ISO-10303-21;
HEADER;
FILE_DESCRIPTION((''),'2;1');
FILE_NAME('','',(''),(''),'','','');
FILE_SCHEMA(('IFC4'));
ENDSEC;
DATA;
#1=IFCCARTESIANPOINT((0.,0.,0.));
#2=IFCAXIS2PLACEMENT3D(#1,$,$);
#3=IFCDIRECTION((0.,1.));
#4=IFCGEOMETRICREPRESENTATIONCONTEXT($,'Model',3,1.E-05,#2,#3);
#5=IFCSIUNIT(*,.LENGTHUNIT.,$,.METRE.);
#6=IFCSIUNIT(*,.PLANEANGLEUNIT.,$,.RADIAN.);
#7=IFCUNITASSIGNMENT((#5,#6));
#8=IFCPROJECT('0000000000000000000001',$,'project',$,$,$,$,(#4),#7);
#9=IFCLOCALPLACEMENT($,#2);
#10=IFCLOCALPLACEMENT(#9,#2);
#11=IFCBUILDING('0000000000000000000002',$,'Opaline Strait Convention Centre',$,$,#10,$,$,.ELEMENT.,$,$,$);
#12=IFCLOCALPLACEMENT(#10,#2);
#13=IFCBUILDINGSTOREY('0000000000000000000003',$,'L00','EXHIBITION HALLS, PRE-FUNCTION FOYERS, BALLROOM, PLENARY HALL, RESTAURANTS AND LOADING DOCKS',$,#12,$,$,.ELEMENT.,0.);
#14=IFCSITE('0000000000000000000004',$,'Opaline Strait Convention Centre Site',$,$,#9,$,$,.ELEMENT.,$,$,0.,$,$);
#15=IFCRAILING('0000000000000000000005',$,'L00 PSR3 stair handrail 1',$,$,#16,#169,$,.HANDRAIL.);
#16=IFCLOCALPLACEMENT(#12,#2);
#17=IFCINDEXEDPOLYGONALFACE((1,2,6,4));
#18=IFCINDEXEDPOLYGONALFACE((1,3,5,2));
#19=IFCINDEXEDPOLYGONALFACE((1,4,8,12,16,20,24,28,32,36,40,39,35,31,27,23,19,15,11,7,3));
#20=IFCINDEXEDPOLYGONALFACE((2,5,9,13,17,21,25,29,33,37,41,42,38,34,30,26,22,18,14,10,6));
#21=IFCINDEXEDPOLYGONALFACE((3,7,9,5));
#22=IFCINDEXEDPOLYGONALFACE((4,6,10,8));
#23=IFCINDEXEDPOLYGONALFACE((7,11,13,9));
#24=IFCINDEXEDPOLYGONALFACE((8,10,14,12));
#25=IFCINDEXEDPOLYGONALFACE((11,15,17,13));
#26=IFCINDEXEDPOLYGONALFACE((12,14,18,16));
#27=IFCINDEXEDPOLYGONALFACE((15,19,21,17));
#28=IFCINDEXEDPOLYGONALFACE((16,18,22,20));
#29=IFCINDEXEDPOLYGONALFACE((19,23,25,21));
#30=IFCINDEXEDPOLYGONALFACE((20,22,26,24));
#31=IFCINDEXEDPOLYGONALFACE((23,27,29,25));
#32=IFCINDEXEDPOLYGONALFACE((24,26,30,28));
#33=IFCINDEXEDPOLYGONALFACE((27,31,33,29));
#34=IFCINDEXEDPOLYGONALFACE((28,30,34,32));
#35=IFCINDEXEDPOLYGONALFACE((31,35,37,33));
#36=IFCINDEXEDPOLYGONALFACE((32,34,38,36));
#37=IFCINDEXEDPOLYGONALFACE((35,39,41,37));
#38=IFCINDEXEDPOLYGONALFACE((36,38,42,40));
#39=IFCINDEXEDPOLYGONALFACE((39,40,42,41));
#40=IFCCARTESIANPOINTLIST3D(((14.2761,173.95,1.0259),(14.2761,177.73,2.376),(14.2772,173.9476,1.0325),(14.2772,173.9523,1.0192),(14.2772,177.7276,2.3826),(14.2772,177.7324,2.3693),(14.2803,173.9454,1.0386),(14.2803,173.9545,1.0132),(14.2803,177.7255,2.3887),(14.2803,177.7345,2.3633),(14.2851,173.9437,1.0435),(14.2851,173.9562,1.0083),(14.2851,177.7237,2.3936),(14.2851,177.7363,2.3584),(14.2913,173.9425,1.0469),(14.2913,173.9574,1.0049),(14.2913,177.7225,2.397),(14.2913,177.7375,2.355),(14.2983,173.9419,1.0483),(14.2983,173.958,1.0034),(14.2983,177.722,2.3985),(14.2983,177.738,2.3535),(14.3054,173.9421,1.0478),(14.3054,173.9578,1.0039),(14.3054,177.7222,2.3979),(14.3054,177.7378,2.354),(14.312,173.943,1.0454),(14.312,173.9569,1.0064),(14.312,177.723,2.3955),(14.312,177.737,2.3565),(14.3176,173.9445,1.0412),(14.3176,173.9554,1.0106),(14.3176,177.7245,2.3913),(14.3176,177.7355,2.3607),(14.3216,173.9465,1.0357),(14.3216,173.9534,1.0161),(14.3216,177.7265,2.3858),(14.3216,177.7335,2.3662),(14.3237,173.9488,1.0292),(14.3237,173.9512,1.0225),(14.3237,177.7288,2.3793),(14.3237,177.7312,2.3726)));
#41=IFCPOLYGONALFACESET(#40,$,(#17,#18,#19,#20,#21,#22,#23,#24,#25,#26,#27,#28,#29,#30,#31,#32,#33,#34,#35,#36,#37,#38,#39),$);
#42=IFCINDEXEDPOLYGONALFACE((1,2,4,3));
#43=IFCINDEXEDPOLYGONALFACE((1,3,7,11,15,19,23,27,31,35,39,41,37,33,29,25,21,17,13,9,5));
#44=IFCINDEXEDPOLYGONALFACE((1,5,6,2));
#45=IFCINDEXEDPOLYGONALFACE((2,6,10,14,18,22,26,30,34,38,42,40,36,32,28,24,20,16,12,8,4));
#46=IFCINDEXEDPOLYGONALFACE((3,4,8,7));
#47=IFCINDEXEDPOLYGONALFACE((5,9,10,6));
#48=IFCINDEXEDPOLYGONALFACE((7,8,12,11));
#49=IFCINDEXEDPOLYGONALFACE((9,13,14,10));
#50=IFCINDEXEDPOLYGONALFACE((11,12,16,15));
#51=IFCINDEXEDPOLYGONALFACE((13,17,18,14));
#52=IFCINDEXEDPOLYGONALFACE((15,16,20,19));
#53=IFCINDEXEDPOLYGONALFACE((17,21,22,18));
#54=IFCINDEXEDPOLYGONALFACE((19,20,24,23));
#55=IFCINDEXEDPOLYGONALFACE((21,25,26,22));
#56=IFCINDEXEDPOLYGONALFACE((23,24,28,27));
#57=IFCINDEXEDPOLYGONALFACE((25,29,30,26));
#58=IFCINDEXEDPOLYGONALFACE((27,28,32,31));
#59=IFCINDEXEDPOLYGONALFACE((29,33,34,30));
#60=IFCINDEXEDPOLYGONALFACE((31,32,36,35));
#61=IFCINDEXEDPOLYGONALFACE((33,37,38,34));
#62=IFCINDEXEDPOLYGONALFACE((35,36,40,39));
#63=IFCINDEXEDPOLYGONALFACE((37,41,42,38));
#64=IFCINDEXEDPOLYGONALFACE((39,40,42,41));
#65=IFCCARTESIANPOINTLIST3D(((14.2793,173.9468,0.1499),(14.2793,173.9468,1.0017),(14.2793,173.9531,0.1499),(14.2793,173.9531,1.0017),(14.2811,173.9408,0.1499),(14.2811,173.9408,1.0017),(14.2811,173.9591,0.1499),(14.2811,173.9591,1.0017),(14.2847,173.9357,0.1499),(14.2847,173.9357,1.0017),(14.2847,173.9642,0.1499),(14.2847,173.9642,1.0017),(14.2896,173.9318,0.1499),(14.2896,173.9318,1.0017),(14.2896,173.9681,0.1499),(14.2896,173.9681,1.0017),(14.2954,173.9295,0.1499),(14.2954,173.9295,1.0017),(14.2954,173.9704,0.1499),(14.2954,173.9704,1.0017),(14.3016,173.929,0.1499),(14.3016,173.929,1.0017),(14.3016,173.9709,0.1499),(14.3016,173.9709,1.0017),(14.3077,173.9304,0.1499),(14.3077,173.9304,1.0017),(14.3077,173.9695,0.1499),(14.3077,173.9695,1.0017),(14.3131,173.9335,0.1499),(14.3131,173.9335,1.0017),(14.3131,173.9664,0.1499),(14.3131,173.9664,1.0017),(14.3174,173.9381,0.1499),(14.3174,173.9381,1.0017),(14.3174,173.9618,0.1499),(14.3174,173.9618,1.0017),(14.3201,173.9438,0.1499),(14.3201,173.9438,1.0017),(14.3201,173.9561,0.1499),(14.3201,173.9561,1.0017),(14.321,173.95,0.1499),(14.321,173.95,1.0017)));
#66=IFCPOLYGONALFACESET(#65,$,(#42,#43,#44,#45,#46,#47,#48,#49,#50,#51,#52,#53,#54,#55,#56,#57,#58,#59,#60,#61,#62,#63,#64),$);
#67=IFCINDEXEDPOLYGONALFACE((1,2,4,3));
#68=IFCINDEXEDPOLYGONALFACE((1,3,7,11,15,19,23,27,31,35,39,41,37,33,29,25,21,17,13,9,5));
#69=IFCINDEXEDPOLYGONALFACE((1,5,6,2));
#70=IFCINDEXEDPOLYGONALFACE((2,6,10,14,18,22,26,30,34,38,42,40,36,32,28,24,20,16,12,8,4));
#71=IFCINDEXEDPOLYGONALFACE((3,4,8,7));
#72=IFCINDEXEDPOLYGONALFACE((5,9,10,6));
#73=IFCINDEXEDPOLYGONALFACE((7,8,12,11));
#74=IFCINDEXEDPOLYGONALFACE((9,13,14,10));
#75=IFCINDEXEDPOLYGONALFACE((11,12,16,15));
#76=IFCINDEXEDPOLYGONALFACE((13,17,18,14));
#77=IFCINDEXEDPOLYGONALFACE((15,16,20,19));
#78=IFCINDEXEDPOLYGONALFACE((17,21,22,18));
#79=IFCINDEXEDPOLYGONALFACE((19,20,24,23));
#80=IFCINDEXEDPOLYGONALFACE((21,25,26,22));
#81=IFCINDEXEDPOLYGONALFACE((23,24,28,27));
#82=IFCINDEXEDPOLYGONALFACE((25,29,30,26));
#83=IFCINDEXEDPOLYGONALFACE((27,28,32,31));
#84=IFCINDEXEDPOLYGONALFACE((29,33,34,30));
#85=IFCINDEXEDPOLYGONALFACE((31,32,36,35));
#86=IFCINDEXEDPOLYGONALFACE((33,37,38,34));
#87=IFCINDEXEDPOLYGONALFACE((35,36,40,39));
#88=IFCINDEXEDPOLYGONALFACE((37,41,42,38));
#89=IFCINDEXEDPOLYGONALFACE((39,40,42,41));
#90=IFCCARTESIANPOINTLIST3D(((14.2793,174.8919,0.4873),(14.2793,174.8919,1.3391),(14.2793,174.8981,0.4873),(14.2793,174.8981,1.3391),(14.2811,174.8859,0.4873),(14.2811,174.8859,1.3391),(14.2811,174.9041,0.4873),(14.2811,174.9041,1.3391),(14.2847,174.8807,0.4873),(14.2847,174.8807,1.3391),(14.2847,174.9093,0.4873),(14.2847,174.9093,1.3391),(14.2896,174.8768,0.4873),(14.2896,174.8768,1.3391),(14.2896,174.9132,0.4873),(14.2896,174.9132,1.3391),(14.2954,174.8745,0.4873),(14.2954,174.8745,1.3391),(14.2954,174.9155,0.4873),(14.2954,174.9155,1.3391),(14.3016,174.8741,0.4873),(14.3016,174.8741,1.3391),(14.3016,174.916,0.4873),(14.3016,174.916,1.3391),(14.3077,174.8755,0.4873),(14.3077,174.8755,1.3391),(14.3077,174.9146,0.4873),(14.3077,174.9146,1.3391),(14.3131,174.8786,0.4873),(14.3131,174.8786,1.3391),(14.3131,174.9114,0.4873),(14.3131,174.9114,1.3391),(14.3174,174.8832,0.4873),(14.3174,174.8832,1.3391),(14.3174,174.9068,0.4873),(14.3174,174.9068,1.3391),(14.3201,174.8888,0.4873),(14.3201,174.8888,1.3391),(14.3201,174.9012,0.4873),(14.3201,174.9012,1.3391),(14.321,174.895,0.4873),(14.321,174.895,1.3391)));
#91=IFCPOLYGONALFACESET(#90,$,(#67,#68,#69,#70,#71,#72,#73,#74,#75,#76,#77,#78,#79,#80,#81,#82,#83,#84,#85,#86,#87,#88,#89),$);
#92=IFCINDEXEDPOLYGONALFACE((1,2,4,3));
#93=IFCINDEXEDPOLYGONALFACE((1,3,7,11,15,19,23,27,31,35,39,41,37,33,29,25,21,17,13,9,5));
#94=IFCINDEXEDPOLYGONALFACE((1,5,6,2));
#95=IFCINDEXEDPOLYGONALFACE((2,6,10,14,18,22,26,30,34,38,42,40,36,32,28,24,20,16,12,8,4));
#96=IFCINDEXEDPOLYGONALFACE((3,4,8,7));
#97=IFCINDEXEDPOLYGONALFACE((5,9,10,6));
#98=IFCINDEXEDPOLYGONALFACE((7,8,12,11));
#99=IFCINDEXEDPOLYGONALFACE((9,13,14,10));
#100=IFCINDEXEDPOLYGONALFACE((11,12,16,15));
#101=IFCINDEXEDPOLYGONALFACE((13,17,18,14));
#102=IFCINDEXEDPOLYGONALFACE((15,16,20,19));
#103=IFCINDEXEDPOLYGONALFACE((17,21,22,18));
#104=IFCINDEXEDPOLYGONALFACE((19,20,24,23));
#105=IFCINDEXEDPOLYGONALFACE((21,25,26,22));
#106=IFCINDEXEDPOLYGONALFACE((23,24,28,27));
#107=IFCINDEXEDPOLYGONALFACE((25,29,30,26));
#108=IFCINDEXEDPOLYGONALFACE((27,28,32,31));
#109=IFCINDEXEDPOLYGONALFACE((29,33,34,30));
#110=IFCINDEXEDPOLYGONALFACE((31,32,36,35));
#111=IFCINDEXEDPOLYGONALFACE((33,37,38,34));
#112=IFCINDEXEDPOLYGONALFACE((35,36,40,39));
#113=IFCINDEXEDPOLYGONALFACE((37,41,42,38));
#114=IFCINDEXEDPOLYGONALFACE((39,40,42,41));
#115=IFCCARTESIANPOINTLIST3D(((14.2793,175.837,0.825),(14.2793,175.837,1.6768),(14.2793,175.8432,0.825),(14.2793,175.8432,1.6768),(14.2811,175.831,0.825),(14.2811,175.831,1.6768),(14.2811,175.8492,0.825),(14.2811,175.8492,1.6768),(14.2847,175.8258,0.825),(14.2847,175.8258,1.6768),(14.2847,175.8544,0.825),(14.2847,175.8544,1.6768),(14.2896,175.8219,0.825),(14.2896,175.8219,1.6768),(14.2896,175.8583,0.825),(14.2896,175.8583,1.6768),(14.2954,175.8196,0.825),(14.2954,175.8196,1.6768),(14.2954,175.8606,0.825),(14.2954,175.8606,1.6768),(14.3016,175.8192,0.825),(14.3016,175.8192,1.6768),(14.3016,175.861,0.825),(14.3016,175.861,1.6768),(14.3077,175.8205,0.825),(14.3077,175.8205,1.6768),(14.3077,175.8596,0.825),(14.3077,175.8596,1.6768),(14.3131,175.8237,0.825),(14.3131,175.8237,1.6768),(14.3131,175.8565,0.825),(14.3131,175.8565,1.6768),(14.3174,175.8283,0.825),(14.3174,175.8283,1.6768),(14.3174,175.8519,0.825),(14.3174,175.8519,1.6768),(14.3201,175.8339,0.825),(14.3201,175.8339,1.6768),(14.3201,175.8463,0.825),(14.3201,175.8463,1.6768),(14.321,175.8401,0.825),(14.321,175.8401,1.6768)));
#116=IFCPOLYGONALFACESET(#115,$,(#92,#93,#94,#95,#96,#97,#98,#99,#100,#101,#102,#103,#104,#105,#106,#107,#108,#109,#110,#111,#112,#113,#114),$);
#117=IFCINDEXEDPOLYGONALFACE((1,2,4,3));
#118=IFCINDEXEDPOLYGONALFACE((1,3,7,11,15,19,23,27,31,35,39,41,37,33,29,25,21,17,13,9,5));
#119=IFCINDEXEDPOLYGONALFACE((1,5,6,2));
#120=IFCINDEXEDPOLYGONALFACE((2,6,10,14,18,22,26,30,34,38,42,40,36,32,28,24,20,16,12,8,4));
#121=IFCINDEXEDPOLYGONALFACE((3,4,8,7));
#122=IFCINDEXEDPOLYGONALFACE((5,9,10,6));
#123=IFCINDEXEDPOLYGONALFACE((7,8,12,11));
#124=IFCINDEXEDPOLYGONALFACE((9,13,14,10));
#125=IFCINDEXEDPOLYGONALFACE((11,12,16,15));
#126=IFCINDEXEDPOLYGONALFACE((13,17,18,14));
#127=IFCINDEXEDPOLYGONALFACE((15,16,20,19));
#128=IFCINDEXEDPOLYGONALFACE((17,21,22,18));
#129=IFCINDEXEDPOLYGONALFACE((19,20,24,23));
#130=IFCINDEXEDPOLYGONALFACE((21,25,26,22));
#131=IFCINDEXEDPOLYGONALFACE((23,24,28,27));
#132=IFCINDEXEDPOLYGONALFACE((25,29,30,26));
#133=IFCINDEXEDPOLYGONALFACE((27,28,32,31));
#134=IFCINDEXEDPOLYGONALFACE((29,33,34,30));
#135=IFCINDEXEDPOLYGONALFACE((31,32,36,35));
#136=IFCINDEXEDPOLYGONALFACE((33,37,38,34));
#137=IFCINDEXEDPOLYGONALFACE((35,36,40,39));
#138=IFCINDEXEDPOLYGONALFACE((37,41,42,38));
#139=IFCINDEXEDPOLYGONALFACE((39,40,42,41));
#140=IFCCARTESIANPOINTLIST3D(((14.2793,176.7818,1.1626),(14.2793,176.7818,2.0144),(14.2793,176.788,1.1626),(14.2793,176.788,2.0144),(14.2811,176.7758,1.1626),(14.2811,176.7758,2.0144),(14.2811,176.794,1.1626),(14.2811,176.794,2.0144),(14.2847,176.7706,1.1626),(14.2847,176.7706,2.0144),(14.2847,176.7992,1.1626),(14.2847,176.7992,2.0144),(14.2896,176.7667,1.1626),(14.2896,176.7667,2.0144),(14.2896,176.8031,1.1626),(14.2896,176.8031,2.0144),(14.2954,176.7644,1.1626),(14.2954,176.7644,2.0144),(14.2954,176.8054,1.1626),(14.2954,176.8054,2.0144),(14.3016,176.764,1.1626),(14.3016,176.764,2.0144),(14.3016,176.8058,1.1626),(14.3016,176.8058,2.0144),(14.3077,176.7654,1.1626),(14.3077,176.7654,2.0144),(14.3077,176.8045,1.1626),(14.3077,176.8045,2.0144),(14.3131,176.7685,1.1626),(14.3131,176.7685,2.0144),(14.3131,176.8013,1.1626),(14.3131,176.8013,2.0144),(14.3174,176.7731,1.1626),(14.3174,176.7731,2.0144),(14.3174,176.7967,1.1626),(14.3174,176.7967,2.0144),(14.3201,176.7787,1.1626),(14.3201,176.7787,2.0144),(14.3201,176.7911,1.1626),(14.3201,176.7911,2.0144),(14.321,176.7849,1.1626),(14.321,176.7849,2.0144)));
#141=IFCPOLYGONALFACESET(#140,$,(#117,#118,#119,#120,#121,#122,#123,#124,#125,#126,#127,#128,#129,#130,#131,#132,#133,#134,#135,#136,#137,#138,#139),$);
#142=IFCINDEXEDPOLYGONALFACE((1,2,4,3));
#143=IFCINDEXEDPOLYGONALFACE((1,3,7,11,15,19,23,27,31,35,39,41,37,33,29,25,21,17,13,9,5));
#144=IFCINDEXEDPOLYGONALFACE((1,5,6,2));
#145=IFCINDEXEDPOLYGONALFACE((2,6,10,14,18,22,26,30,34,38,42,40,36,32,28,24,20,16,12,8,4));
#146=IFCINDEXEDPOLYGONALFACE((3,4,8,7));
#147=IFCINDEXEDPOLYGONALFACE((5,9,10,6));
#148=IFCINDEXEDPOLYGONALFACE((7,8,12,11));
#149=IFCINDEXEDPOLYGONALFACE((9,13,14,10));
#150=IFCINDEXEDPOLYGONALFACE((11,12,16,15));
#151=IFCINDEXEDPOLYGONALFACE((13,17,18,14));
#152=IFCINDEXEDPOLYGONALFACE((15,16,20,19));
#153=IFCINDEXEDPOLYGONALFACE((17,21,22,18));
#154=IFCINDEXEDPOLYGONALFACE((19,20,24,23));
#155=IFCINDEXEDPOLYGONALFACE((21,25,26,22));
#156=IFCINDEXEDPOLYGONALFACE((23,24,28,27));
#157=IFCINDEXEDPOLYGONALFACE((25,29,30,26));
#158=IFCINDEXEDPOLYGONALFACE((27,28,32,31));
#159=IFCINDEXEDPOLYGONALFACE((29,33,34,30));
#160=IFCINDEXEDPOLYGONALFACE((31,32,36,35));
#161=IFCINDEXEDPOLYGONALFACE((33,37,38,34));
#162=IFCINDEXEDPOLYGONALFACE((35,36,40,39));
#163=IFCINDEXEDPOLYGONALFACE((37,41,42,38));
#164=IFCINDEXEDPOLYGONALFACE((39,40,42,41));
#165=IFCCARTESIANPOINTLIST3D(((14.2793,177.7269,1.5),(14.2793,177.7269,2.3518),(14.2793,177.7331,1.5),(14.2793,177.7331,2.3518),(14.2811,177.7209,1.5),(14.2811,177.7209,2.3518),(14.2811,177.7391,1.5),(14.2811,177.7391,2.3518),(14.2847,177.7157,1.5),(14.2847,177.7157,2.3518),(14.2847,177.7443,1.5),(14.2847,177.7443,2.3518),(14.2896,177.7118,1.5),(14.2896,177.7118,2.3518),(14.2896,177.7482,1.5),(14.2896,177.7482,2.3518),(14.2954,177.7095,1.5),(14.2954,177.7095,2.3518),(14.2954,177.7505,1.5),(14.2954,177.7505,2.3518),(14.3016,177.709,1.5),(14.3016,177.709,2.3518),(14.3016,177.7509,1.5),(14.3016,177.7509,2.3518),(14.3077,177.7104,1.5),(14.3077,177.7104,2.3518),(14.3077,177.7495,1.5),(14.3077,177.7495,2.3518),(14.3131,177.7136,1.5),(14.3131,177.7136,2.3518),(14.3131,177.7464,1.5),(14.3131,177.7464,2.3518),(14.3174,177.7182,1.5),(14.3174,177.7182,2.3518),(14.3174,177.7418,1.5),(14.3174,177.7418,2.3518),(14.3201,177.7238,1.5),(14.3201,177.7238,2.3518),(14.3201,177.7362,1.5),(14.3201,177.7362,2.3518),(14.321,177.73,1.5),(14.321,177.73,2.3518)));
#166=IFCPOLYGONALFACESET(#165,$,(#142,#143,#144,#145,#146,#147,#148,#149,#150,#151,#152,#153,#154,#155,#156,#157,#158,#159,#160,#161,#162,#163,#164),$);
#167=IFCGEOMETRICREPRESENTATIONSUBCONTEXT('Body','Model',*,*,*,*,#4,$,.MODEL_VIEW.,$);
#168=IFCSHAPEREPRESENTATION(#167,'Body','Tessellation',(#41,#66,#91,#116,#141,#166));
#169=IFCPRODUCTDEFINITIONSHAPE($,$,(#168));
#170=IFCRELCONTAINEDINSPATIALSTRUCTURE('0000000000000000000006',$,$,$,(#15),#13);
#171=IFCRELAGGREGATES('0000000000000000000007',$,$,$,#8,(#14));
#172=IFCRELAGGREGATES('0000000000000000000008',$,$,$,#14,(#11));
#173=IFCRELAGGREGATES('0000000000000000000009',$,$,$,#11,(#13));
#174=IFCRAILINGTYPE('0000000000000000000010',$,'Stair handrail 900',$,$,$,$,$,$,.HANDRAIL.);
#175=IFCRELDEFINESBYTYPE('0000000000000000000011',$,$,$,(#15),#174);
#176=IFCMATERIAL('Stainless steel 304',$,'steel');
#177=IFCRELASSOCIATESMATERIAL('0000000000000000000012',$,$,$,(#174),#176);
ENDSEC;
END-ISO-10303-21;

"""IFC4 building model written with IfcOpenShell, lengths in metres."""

from ifc_helpers import new_model, si_unit, direction, frame, origin, origin_2d, place, context, subcontext, project, spatial, circle, extrude, material, type_object, element, save


model = new_model("IFC4")

# Units and contexts
model_context = context("Model", 3, precision=1e-05, world=origin(), true_north=direction((0.0, 1.0)))
body_context = subcontext(model_context, "Body", "Model", "MODEL_VIEW")
ifc_project = project(units=[si_unit("LENGTHUNIT", "METRE"), si_unit("PLANEANGLEUNIT", "RADIAN")], contexts=[model_context])

# Site, building, storey
site_placement = place(None, origin())
site = spatial("IfcSite", under=ifc_project, at=site_placement, Name="Opaline Strait Convention Centre Site", CompositionType="ELEMENT", RefElevation=0.0)
building_placement = place(site_placement, origin())
building = spatial("IfcBuilding", under=site, at=building_placement, Name="Opaline Strait Convention Centre", CompositionType="ELEMENT")
storey_placement = place(building_placement, origin())
storey = spatial("IfcBuildingStorey", under=building, at=storey_placement, Name="L00", Description="EXHIBITION HALLS, PRE-FUNCTION FOYERS, BALLROOM, PLENARY HALL, RESTAURANTS AND LOADING DOCKS", CompositionType="ELEMENT", Elevation=0.0)

# Shared definitions
ifc_material_1 = material(Name="Stainless steel 304", Category="steel")

# Railing
railing_type_1 = type_object("IfcRailingType", Name="Stair handrail 900", PredefinedType="HANDRAIL", material=ifc_material_1)
for number, where, name in (
    (1, (14.3, 173.95, 0.1499), "L00 PSR3 stair handrail 1"),
):
    element("IfcRailing", number, at=place(storey_placement, frame(where)), inside=storey, type_object=railing_type_1, Name=name, PredefinedType="HANDRAIL", context=body_context, shape_type="SweptSolid", body=[
        extrude(circle(Radius=0.0239, at=origin_2d()), frame((0.0, 0.0, 0.876), z_axis=(0.0, 0.941735, 0.336356), x_axis=(-1.0, 0.0, 0.0)), (0.0, 0.0, 1.0), 4.0139),
        extrude(circle(Radius=0.021, at=origin_2d()), origin(), (0.0, 0.0, 1.0), 0.8518),
        extrude(circle(Radius=0.021, at=origin_2d()), frame((0.0, 0.9451, 0.3374)), (0.0, 0.0, 1.0), 0.8518),
        extrude(circle(Radius=0.021, at=origin_2d()), frame((0.0, 1.8901, 0.675)), (0.0, 0.0, 1.0), 0.8518),
        extrude(circle(Radius=0.021, at=origin_2d()), frame((0.0, 2.835, 1.0127)), (0.0, 0.0, 1.0), 0.8518),
        extrude(circle(Radius=0.021, at=origin_2d()), frame((0.0, 3.78, 1.3501)), (0.0, 0.0, 1.0), 0.8518),
    ])

save(model, "model.ifc")
